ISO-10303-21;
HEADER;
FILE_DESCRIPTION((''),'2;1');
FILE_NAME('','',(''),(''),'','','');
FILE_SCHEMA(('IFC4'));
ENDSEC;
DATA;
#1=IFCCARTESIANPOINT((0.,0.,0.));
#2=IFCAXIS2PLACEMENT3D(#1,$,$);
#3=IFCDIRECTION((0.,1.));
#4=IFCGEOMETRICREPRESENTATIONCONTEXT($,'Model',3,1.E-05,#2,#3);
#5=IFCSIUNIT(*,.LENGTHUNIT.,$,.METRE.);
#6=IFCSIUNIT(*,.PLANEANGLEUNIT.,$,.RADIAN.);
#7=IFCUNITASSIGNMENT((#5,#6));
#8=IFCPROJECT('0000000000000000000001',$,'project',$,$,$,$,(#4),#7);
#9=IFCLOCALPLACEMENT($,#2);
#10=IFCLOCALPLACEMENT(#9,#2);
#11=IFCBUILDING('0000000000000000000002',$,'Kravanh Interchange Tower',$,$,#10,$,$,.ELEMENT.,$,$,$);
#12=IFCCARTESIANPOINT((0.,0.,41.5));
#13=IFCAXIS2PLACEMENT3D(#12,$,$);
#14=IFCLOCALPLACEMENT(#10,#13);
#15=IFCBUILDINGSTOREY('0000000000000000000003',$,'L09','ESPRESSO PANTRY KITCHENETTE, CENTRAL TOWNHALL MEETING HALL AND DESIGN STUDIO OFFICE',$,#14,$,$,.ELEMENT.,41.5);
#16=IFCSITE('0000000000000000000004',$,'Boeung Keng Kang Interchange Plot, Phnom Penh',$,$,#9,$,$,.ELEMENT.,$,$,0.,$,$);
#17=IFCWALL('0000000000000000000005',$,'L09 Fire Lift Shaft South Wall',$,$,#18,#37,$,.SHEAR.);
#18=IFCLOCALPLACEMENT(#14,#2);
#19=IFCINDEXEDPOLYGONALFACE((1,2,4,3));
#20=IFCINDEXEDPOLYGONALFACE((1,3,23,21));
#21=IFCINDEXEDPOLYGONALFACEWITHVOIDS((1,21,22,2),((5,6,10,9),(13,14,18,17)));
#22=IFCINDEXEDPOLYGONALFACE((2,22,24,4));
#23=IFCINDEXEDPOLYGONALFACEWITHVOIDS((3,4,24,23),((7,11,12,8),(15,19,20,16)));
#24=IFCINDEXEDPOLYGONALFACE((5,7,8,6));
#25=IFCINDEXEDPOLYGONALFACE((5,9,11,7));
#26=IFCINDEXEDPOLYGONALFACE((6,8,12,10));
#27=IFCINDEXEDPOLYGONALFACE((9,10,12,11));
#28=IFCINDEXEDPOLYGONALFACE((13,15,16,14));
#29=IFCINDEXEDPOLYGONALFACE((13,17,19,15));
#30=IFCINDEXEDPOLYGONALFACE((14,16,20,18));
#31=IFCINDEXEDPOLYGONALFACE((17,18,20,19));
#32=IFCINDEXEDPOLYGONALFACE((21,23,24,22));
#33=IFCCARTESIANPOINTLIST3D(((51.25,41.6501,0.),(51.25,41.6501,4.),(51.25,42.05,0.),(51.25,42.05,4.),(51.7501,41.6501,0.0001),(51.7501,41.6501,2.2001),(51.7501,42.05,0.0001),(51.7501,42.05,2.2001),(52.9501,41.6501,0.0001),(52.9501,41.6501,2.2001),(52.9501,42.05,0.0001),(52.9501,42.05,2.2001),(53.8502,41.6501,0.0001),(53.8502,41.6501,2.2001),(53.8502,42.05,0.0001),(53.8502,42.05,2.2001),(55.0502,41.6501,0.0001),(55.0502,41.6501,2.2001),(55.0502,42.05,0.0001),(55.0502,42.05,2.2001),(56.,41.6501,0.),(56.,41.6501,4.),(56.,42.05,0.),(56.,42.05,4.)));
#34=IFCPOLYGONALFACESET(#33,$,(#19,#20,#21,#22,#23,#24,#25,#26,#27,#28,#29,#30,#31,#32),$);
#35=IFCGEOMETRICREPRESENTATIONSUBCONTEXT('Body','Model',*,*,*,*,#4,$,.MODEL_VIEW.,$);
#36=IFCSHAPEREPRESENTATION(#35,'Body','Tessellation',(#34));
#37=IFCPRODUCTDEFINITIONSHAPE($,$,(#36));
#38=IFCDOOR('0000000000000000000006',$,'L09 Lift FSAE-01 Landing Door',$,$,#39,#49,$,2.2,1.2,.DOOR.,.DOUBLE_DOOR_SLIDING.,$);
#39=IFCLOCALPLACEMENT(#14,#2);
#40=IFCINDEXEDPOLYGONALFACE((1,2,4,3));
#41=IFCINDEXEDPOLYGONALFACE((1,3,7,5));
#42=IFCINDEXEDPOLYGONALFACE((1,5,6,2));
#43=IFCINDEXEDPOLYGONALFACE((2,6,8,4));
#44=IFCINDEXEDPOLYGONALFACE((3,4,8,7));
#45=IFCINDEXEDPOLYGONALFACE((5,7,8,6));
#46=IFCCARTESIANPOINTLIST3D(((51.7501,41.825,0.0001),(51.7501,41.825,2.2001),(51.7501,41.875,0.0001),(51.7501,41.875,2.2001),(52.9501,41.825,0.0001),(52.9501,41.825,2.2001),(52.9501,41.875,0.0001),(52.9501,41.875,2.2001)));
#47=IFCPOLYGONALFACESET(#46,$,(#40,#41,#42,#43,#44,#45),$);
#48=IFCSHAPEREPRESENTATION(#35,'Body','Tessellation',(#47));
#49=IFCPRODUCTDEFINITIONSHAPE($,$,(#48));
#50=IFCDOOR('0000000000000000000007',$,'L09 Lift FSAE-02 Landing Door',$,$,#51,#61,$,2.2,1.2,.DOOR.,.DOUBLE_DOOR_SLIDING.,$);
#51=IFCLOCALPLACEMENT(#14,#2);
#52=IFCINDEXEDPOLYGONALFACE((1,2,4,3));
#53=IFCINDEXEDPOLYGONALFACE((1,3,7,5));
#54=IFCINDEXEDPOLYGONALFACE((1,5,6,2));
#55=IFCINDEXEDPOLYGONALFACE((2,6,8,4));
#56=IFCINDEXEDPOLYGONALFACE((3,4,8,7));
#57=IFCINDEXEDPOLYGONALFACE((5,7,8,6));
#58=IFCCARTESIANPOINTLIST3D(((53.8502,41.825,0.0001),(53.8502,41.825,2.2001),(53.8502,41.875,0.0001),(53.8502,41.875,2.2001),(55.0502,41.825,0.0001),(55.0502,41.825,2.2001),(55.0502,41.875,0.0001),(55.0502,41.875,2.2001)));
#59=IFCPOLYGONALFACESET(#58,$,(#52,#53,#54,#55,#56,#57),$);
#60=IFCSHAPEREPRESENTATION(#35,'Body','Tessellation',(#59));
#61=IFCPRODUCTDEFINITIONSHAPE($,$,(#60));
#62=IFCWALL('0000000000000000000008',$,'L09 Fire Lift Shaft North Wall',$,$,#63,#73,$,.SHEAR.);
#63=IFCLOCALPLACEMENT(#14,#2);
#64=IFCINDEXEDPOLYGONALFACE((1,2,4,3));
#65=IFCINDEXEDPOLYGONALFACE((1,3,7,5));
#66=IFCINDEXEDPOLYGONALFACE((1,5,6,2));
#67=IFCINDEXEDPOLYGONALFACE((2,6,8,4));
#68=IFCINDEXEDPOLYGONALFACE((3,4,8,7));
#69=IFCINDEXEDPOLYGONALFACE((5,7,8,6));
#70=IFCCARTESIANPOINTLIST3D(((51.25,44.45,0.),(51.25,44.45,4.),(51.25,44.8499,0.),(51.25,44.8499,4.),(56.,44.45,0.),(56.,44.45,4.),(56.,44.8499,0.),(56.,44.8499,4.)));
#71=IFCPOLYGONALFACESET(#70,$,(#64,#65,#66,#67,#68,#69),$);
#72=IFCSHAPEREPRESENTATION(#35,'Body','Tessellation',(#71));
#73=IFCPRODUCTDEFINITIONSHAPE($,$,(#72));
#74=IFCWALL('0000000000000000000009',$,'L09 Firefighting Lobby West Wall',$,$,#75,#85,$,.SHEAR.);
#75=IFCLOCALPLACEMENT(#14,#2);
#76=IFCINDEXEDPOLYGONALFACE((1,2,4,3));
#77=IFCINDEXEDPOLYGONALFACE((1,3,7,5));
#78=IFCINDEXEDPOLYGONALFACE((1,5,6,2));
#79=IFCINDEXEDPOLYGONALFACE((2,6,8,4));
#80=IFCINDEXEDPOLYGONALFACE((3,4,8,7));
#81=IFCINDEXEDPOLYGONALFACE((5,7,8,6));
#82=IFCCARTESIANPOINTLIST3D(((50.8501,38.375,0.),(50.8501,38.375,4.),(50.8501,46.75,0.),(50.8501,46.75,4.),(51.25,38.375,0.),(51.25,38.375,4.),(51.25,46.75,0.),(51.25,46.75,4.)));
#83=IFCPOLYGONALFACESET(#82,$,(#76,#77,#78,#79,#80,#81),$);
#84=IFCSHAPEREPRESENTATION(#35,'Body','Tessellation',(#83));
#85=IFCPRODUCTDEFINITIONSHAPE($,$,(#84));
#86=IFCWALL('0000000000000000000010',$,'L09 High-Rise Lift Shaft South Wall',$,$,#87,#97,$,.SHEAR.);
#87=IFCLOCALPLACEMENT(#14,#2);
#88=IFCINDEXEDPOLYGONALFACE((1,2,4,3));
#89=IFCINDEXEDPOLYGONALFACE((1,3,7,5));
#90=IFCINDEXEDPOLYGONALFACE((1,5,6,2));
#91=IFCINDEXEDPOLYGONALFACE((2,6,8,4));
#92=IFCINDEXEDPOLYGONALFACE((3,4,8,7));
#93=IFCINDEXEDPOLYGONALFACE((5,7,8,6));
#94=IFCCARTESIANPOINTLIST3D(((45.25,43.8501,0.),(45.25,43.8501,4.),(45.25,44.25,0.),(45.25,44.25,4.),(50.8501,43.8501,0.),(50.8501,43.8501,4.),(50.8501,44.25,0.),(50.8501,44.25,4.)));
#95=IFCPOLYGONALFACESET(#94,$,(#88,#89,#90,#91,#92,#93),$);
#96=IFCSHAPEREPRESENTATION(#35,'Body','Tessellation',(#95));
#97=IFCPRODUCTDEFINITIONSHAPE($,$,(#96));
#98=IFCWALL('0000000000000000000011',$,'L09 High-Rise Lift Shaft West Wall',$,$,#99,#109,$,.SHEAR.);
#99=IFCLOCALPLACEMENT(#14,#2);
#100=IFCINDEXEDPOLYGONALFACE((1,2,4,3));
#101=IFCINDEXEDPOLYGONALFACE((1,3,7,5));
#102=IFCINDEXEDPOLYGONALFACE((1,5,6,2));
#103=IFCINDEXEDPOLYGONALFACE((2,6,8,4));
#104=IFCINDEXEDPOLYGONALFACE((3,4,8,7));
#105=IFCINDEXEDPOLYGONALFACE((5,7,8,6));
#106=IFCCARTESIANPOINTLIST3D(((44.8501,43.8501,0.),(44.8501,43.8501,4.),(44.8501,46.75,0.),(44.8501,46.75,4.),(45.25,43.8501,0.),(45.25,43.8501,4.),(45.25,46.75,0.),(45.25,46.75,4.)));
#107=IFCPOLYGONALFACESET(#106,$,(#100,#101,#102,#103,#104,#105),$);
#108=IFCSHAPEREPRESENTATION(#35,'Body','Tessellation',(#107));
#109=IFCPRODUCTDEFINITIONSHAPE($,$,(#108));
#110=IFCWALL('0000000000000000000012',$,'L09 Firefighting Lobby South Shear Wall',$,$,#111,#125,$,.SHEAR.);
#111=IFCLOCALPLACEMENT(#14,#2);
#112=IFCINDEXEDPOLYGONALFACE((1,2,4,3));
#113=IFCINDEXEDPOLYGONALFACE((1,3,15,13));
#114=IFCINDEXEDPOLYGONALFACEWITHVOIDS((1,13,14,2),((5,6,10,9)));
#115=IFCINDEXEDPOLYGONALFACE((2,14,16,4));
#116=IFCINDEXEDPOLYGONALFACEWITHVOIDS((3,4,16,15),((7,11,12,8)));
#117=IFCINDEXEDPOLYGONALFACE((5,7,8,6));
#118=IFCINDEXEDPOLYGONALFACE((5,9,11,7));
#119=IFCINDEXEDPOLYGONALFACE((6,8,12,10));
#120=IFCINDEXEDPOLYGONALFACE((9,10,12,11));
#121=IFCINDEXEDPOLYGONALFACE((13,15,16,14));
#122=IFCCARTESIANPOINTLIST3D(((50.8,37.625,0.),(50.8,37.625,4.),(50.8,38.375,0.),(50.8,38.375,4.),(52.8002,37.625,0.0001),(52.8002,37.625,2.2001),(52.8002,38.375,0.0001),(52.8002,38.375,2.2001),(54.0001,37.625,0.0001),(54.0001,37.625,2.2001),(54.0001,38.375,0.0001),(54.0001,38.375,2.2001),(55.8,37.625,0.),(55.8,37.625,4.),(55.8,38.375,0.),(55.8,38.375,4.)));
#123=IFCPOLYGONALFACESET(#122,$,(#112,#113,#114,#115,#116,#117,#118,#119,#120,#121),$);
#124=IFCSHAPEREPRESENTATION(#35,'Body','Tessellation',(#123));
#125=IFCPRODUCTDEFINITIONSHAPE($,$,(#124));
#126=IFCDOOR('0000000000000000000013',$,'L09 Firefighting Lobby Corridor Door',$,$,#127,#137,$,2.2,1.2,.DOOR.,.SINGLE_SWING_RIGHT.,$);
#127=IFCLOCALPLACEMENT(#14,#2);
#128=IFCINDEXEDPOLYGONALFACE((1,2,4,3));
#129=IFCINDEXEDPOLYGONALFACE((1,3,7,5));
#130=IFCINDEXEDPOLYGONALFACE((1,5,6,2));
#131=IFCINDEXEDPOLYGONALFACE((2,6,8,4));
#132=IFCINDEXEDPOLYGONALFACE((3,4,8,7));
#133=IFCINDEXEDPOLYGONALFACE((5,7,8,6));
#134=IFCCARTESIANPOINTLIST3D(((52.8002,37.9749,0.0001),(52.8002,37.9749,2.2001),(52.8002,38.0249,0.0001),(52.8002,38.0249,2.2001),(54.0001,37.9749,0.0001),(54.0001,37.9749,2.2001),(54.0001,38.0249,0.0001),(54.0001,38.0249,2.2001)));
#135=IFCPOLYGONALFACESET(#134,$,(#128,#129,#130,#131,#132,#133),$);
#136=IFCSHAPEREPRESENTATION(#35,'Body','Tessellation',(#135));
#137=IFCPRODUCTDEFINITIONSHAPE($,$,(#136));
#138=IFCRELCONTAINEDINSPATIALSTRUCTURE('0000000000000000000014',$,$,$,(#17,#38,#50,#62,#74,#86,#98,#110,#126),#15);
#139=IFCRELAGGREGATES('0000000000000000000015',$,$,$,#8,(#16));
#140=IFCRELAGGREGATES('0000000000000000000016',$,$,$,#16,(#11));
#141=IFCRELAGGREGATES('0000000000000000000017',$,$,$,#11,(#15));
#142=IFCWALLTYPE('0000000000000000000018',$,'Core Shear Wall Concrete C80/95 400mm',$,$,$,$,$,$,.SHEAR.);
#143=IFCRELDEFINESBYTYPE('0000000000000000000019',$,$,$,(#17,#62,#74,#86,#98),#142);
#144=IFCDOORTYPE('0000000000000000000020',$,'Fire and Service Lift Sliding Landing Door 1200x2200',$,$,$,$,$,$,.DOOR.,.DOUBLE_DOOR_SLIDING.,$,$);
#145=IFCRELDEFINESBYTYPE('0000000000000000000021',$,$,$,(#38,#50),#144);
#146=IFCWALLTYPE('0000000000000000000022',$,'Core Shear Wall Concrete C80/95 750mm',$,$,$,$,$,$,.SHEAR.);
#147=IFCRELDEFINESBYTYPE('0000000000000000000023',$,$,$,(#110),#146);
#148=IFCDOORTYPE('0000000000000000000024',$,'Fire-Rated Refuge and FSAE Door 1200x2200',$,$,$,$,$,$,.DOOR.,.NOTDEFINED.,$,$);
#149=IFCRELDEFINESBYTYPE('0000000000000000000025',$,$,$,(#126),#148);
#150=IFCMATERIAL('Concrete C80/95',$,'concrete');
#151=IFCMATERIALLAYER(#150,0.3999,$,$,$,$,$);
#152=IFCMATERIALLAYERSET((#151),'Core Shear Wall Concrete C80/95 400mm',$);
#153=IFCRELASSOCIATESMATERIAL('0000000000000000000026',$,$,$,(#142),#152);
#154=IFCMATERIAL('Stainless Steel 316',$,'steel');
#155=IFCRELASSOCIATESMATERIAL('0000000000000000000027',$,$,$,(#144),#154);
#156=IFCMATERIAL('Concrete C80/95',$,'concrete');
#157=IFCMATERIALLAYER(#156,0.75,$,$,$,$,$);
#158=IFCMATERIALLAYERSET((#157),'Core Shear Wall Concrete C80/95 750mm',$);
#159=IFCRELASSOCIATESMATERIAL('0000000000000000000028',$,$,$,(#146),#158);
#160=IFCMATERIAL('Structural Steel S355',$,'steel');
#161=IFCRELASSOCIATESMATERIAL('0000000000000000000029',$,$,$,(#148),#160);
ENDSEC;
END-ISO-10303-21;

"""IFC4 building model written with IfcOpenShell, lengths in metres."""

from ifc_helpers import new_model, si_unit, direction, frame, frame_2d, origin, place, context, subcontext, project, spatial, rectangle, extrude, material, layer, layer_set, type_object, element, fill, save


model = new_model("IFC4")

# Units and contexts
model_context = context("Model", 3, precision=1e-05, world=origin(), true_north=direction((0.0, 1.0)))
body_context = subcontext(model_context, "Body", "Model", "MODEL_VIEW")
ifc_project = project(units=[si_unit("LENGTHUNIT", "METRE"), si_unit("PLANEANGLEUNIT", "RADIAN")], contexts=[model_context])

# Site, building, storey
site_placement = place(None, origin())
site = spatial("IfcSite", under=ifc_project, at=site_placement, Name="Boeung Keng Kang Interchange Plot, Phnom Penh", CompositionType="ELEMENT", RefElevation=0.0)
building_placement = place(site_placement, origin())
building = spatial("IfcBuilding", under=site, at=building_placement, Name="Kravanh Interchange Tower", CompositionType="ELEMENT")
storey_placement = place(building_placement, frame((0.0, 0.0, 41.5)))
storey = spatial("IfcBuildingStorey", under=building, at=storey_placement, Name="L09", Description="ESPRESSO PANTRY KITCHENETTE, CENTRAL TOWNHALL MEETING HALL AND DESIGN STUDIO OFFICE", CompositionType="ELEMENT", Elevation=41.5)

# Wall, openings, doors
ifc_material_1 = material(Name="Concrete C80/95", Category="concrete")
ifc_layer_1 = layer(ifc_material_1, 0.3999)
ifc_layer_set_1 = layer_set([ifc_layer_1], Name="Core Shear Wall Concrete C80/95 400mm")
wall_type_1 = type_object("IfcWallType", Name="Core Shear Wall Concrete C80/95 400mm", PredefinedType="SHEAR", material=ifc_layer_set_1)
wall_1_placement = place(storey_placement, frame((51.25, 41.8501, 0.0), z_axis=(0.0, 0.0, 1.0), x_axis=(1.0, 0.0, 0.0)))
wall_1 = element("IfcWall", 1, at=wall_1_placement, inside=storey, type_object=wall_type_1, Name="L09 Fire Lift Shaft South Wall", PredefinedType="SHEAR", context=body_context, shape_type="SweptSolid", body=[
    extrude(rectangle(XDim=4.75, YDim=0.3999, at=frame_2d((2.375, 0.0))), origin(), (0.0, 0.0, 1.0), 4.0),
])
opening_1_placement = place(wall_1_placement, frame((0.5, 0.0, 0.0)))
opening_1 = element("IfcOpeningElement", 2, at=opening_1_placement, cuts=wall_1, PredefinedType="OPENING", context=body_context, shape_type="SweptSolid", body=[
    extrude(rectangle(XDim=1.2, YDim=2.2, at=frame_2d((0.6001, 1.1001))), frame((0.0, 0.21, 0.0), z_axis=(0.0, -1.0, 0.0), x_axis=(1.0, 0.0, 0.0)), (0.0, 0.0, 1.0), 0.4199),
])
opening_2_placement = place(wall_1_placement, frame((2.6001, 0.0, 0.0)))
opening_2 = element("IfcOpeningElement", 3, at=opening_2_placement, cuts=wall_1, PredefinedType="OPENING", context=body_context, shape_type="SweptSolid", body=[
    extrude(rectangle(XDim=1.2, YDim=2.2, at=frame_2d((0.6001, 1.1001))), frame((0.0, 0.21, 0.0), z_axis=(0.0, -1.0, 0.0), x_axis=(1.0, 0.0, 0.0)), (0.0, 0.0, 1.0), 0.4199),
])
ifc_material_2 = material(Name="Stainless Steel 316", Category="steel")
door_type_1 = type_object("IfcDoorType", Name="Fire and Service Lift Sliding Landing Door 1200x2200", OperationType="DOUBLE_DOOR_SLIDING", PredefinedType="DOOR", material=ifc_material_2)
door_1_placement = place(opening_1_placement, origin())
door_1 = element("IfcDoor", 4, at=door_1_placement, inside=storey, type_object=door_type_1, Name="L09 Lift FSAE-01 Landing Door", OperationType="DOUBLE_DOOR_SLIDING", OverallHeight=2.2, OverallWidth=1.2, PredefinedType="DOOR", context=body_context, shape_type="SweptSolid", body=[
    extrude(rectangle(XDim=1.2, YDim=2.2, at=frame_2d((0.6001, 1.1001))), frame((0.0, 0.0249, 0.0), z_axis=(0.0, -1.0, 0.0), x_axis=(1.0, 0.0, 0.0)), (0.0, 0.0, 1.0), 0.05),
])
fill(opening_1, door_1)
door_2_placement = place(opening_2_placement, origin())
door_2 = element("IfcDoor", 5, at=door_2_placement, inside=storey, type_object=door_type_1, Name="L09 Lift FSAE-02 Landing Door", OperationType="DOUBLE_DOOR_SLIDING", OverallHeight=2.2, OverallWidth=1.2, PredefinedType="DOOR", context=body_context, shape_type="SweptSolid", body=[
    extrude(rectangle(XDim=1.2, YDim=2.2, at=frame_2d((0.6001, 1.1001))), frame((0.0, 0.0249, 0.0), z_axis=(0.0, -1.0, 0.0), x_axis=(1.0, 0.0, 0.0)), (0.0, 0.0, 1.0), 0.05),
])
fill(opening_2, door_2)

# Walls
wall_2_placement = place(storey_placement, frame((51.25, 44.6499, 0.0), z_axis=(0.0, 0.0, 1.0), x_axis=(1.0, 0.0, 0.0)))
element("IfcWall", 6, at=wall_2_placement, inside=storey, type_object=wall_type_1, Name="L09 Fire Lift Shaft North Wall", PredefinedType="SHEAR", context=body_context, shape_type="SweptSolid", body=[
    extrude(rectangle(XDim=4.75, YDim=0.3999, at=frame_2d((2.375, 0.0))), origin(), (0.0, 0.0, 1.0), 4.0),
])
wall_3_placement = place(storey_placement, frame((51.05, 38.375, 0.0), z_axis=(0.0, 0.0, 1.0), x_axis=(0.0, 1.0, 0.0)))
element("IfcWall", 7, at=wall_3_placement, inside=storey, type_object=wall_type_1, Name="L09 Firefighting Lobby West Wall", PredefinedType="SHEAR", context=body_context, shape_type="SweptSolid", body=[
    extrude(rectangle(XDim=8.375, YDim=0.3999, at=frame_2d((4.1875, 0.0))), origin(), (0.0, 0.0, 1.0), 4.0),
])
wall_4_placement = place(storey_placement, frame((45.25, 44.05, 0.0), z_axis=(0.0, 0.0, 1.0), x_axis=(1.0, 0.0, 0.0)))
element("IfcWall", 8, at=wall_4_placement, inside=storey, type_object=wall_type_1, Name="L09 High-Rise Lift Shaft South Wall", PredefinedType="SHEAR", context=body_context, shape_type="SweptSolid", body=[
    extrude(rectangle(XDim=5.6001, YDim=0.3999, at=frame_2d((2.8, 0.0))), origin(), (0.0, 0.0, 1.0), 4.0),
])
wall_5_placement = place(storey_placement, frame((45.05, 43.8501, 0.0), z_axis=(0.0, 0.0, 1.0), x_axis=(0.0, 1.0, 0.0)))
element("IfcWall", 9, at=wall_5_placement, inside=storey, type_object=wall_type_1, Name="L09 High-Rise Lift Shaft West Wall", PredefinedType="SHEAR", context=body_context, shape_type="SweptSolid", body=[
    extrude(rectangle(XDim=2.8999, YDim=0.3999, at=frame_2d((1.45, 0.0))), origin(), (0.0, 0.0, 1.0), 4.0),
])

# Shared definitions
ifc_material_3 = material(Name="Concrete C80/95", Category="concrete")
ifc_layer_2 = layer(ifc_material_3, 0.75)
ifc_layer_set_2 = layer_set([ifc_layer_2], Name="Core Shear Wall Concrete C80/95 750mm")
wall_type_2 = type_object("IfcWallType", Name="Core Shear Wall Concrete C80/95 750mm", PredefinedType="SHEAR", material=ifc_layer_set_2)

# Wall, opening, door
wall_6_placement = place(storey_placement, frame((50.8, 38.0, 0.0), z_axis=(0.0, 0.0, 1.0), x_axis=(1.0, 0.0, 0.0)))
wall_6 = element("IfcWall", 10, at=wall_6_placement, inside=storey, type_object=wall_type_2, Name="L09 Firefighting Lobby South Shear Wall", PredefinedType="SHEAR", context=body_context, shape_type="SweptSolid", body=[
    extrude(rectangle(XDim=5.0, YDim=0.75, at=frame_2d((2.5, 0.0))), origin(), (0.0, 0.0, 1.0), 4.0),
])
opening_3_placement = place(wall_6_placement, frame((2.0, 0.0, 0.0)))
opening_3 = element("IfcOpeningElement", 11, at=opening_3_placement, cuts=wall_6, PredefinedType="OPENING", context=body_context, shape_type="SweptSolid", body=[
    extrude(rectangle(XDim=1.2, YDim=2.2, at=frame_2d((0.6001, 1.1001))), frame((0.0, 0.385, 0.0), z_axis=(0.0, -1.0, 0.0), x_axis=(1.0, 0.0, 0.0)), (0.0, 0.0, 1.0), 0.77),
])
ifc_material_4 = material(Name="Structural Steel S355", Category="steel")
door_type_2 = type_object("IfcDoorType", Name="Fire-Rated Refuge and FSAE Door 1200x2200", OperationType="NOTDEFINED", PredefinedType="DOOR", material=ifc_material_4)
door_3_placement = place(opening_3_placement, origin())
door_3 = element("IfcDoor", 12, at=door_3_placement, inside=storey, type_object=door_type_2, Name="L09 Firefighting Lobby Corridor Door", OperationType="SINGLE_SWING_RIGHT", OverallHeight=2.2, OverallWidth=1.2, PredefinedType="DOOR", context=body_context, shape_type="SweptSolid", body=[
    extrude(rectangle(XDim=1.2, YDim=2.2, at=frame_2d((0.6001, 1.1001))), frame((0.0, 0.0249, 0.0), z_axis=(0.0, -1.0, 0.0), x_axis=(1.0, 0.0, 0.0)), (0.0, 0.0, 1.0), 0.05),
])
fill(opening_3, door_3)

save(model, "model.ifc")
